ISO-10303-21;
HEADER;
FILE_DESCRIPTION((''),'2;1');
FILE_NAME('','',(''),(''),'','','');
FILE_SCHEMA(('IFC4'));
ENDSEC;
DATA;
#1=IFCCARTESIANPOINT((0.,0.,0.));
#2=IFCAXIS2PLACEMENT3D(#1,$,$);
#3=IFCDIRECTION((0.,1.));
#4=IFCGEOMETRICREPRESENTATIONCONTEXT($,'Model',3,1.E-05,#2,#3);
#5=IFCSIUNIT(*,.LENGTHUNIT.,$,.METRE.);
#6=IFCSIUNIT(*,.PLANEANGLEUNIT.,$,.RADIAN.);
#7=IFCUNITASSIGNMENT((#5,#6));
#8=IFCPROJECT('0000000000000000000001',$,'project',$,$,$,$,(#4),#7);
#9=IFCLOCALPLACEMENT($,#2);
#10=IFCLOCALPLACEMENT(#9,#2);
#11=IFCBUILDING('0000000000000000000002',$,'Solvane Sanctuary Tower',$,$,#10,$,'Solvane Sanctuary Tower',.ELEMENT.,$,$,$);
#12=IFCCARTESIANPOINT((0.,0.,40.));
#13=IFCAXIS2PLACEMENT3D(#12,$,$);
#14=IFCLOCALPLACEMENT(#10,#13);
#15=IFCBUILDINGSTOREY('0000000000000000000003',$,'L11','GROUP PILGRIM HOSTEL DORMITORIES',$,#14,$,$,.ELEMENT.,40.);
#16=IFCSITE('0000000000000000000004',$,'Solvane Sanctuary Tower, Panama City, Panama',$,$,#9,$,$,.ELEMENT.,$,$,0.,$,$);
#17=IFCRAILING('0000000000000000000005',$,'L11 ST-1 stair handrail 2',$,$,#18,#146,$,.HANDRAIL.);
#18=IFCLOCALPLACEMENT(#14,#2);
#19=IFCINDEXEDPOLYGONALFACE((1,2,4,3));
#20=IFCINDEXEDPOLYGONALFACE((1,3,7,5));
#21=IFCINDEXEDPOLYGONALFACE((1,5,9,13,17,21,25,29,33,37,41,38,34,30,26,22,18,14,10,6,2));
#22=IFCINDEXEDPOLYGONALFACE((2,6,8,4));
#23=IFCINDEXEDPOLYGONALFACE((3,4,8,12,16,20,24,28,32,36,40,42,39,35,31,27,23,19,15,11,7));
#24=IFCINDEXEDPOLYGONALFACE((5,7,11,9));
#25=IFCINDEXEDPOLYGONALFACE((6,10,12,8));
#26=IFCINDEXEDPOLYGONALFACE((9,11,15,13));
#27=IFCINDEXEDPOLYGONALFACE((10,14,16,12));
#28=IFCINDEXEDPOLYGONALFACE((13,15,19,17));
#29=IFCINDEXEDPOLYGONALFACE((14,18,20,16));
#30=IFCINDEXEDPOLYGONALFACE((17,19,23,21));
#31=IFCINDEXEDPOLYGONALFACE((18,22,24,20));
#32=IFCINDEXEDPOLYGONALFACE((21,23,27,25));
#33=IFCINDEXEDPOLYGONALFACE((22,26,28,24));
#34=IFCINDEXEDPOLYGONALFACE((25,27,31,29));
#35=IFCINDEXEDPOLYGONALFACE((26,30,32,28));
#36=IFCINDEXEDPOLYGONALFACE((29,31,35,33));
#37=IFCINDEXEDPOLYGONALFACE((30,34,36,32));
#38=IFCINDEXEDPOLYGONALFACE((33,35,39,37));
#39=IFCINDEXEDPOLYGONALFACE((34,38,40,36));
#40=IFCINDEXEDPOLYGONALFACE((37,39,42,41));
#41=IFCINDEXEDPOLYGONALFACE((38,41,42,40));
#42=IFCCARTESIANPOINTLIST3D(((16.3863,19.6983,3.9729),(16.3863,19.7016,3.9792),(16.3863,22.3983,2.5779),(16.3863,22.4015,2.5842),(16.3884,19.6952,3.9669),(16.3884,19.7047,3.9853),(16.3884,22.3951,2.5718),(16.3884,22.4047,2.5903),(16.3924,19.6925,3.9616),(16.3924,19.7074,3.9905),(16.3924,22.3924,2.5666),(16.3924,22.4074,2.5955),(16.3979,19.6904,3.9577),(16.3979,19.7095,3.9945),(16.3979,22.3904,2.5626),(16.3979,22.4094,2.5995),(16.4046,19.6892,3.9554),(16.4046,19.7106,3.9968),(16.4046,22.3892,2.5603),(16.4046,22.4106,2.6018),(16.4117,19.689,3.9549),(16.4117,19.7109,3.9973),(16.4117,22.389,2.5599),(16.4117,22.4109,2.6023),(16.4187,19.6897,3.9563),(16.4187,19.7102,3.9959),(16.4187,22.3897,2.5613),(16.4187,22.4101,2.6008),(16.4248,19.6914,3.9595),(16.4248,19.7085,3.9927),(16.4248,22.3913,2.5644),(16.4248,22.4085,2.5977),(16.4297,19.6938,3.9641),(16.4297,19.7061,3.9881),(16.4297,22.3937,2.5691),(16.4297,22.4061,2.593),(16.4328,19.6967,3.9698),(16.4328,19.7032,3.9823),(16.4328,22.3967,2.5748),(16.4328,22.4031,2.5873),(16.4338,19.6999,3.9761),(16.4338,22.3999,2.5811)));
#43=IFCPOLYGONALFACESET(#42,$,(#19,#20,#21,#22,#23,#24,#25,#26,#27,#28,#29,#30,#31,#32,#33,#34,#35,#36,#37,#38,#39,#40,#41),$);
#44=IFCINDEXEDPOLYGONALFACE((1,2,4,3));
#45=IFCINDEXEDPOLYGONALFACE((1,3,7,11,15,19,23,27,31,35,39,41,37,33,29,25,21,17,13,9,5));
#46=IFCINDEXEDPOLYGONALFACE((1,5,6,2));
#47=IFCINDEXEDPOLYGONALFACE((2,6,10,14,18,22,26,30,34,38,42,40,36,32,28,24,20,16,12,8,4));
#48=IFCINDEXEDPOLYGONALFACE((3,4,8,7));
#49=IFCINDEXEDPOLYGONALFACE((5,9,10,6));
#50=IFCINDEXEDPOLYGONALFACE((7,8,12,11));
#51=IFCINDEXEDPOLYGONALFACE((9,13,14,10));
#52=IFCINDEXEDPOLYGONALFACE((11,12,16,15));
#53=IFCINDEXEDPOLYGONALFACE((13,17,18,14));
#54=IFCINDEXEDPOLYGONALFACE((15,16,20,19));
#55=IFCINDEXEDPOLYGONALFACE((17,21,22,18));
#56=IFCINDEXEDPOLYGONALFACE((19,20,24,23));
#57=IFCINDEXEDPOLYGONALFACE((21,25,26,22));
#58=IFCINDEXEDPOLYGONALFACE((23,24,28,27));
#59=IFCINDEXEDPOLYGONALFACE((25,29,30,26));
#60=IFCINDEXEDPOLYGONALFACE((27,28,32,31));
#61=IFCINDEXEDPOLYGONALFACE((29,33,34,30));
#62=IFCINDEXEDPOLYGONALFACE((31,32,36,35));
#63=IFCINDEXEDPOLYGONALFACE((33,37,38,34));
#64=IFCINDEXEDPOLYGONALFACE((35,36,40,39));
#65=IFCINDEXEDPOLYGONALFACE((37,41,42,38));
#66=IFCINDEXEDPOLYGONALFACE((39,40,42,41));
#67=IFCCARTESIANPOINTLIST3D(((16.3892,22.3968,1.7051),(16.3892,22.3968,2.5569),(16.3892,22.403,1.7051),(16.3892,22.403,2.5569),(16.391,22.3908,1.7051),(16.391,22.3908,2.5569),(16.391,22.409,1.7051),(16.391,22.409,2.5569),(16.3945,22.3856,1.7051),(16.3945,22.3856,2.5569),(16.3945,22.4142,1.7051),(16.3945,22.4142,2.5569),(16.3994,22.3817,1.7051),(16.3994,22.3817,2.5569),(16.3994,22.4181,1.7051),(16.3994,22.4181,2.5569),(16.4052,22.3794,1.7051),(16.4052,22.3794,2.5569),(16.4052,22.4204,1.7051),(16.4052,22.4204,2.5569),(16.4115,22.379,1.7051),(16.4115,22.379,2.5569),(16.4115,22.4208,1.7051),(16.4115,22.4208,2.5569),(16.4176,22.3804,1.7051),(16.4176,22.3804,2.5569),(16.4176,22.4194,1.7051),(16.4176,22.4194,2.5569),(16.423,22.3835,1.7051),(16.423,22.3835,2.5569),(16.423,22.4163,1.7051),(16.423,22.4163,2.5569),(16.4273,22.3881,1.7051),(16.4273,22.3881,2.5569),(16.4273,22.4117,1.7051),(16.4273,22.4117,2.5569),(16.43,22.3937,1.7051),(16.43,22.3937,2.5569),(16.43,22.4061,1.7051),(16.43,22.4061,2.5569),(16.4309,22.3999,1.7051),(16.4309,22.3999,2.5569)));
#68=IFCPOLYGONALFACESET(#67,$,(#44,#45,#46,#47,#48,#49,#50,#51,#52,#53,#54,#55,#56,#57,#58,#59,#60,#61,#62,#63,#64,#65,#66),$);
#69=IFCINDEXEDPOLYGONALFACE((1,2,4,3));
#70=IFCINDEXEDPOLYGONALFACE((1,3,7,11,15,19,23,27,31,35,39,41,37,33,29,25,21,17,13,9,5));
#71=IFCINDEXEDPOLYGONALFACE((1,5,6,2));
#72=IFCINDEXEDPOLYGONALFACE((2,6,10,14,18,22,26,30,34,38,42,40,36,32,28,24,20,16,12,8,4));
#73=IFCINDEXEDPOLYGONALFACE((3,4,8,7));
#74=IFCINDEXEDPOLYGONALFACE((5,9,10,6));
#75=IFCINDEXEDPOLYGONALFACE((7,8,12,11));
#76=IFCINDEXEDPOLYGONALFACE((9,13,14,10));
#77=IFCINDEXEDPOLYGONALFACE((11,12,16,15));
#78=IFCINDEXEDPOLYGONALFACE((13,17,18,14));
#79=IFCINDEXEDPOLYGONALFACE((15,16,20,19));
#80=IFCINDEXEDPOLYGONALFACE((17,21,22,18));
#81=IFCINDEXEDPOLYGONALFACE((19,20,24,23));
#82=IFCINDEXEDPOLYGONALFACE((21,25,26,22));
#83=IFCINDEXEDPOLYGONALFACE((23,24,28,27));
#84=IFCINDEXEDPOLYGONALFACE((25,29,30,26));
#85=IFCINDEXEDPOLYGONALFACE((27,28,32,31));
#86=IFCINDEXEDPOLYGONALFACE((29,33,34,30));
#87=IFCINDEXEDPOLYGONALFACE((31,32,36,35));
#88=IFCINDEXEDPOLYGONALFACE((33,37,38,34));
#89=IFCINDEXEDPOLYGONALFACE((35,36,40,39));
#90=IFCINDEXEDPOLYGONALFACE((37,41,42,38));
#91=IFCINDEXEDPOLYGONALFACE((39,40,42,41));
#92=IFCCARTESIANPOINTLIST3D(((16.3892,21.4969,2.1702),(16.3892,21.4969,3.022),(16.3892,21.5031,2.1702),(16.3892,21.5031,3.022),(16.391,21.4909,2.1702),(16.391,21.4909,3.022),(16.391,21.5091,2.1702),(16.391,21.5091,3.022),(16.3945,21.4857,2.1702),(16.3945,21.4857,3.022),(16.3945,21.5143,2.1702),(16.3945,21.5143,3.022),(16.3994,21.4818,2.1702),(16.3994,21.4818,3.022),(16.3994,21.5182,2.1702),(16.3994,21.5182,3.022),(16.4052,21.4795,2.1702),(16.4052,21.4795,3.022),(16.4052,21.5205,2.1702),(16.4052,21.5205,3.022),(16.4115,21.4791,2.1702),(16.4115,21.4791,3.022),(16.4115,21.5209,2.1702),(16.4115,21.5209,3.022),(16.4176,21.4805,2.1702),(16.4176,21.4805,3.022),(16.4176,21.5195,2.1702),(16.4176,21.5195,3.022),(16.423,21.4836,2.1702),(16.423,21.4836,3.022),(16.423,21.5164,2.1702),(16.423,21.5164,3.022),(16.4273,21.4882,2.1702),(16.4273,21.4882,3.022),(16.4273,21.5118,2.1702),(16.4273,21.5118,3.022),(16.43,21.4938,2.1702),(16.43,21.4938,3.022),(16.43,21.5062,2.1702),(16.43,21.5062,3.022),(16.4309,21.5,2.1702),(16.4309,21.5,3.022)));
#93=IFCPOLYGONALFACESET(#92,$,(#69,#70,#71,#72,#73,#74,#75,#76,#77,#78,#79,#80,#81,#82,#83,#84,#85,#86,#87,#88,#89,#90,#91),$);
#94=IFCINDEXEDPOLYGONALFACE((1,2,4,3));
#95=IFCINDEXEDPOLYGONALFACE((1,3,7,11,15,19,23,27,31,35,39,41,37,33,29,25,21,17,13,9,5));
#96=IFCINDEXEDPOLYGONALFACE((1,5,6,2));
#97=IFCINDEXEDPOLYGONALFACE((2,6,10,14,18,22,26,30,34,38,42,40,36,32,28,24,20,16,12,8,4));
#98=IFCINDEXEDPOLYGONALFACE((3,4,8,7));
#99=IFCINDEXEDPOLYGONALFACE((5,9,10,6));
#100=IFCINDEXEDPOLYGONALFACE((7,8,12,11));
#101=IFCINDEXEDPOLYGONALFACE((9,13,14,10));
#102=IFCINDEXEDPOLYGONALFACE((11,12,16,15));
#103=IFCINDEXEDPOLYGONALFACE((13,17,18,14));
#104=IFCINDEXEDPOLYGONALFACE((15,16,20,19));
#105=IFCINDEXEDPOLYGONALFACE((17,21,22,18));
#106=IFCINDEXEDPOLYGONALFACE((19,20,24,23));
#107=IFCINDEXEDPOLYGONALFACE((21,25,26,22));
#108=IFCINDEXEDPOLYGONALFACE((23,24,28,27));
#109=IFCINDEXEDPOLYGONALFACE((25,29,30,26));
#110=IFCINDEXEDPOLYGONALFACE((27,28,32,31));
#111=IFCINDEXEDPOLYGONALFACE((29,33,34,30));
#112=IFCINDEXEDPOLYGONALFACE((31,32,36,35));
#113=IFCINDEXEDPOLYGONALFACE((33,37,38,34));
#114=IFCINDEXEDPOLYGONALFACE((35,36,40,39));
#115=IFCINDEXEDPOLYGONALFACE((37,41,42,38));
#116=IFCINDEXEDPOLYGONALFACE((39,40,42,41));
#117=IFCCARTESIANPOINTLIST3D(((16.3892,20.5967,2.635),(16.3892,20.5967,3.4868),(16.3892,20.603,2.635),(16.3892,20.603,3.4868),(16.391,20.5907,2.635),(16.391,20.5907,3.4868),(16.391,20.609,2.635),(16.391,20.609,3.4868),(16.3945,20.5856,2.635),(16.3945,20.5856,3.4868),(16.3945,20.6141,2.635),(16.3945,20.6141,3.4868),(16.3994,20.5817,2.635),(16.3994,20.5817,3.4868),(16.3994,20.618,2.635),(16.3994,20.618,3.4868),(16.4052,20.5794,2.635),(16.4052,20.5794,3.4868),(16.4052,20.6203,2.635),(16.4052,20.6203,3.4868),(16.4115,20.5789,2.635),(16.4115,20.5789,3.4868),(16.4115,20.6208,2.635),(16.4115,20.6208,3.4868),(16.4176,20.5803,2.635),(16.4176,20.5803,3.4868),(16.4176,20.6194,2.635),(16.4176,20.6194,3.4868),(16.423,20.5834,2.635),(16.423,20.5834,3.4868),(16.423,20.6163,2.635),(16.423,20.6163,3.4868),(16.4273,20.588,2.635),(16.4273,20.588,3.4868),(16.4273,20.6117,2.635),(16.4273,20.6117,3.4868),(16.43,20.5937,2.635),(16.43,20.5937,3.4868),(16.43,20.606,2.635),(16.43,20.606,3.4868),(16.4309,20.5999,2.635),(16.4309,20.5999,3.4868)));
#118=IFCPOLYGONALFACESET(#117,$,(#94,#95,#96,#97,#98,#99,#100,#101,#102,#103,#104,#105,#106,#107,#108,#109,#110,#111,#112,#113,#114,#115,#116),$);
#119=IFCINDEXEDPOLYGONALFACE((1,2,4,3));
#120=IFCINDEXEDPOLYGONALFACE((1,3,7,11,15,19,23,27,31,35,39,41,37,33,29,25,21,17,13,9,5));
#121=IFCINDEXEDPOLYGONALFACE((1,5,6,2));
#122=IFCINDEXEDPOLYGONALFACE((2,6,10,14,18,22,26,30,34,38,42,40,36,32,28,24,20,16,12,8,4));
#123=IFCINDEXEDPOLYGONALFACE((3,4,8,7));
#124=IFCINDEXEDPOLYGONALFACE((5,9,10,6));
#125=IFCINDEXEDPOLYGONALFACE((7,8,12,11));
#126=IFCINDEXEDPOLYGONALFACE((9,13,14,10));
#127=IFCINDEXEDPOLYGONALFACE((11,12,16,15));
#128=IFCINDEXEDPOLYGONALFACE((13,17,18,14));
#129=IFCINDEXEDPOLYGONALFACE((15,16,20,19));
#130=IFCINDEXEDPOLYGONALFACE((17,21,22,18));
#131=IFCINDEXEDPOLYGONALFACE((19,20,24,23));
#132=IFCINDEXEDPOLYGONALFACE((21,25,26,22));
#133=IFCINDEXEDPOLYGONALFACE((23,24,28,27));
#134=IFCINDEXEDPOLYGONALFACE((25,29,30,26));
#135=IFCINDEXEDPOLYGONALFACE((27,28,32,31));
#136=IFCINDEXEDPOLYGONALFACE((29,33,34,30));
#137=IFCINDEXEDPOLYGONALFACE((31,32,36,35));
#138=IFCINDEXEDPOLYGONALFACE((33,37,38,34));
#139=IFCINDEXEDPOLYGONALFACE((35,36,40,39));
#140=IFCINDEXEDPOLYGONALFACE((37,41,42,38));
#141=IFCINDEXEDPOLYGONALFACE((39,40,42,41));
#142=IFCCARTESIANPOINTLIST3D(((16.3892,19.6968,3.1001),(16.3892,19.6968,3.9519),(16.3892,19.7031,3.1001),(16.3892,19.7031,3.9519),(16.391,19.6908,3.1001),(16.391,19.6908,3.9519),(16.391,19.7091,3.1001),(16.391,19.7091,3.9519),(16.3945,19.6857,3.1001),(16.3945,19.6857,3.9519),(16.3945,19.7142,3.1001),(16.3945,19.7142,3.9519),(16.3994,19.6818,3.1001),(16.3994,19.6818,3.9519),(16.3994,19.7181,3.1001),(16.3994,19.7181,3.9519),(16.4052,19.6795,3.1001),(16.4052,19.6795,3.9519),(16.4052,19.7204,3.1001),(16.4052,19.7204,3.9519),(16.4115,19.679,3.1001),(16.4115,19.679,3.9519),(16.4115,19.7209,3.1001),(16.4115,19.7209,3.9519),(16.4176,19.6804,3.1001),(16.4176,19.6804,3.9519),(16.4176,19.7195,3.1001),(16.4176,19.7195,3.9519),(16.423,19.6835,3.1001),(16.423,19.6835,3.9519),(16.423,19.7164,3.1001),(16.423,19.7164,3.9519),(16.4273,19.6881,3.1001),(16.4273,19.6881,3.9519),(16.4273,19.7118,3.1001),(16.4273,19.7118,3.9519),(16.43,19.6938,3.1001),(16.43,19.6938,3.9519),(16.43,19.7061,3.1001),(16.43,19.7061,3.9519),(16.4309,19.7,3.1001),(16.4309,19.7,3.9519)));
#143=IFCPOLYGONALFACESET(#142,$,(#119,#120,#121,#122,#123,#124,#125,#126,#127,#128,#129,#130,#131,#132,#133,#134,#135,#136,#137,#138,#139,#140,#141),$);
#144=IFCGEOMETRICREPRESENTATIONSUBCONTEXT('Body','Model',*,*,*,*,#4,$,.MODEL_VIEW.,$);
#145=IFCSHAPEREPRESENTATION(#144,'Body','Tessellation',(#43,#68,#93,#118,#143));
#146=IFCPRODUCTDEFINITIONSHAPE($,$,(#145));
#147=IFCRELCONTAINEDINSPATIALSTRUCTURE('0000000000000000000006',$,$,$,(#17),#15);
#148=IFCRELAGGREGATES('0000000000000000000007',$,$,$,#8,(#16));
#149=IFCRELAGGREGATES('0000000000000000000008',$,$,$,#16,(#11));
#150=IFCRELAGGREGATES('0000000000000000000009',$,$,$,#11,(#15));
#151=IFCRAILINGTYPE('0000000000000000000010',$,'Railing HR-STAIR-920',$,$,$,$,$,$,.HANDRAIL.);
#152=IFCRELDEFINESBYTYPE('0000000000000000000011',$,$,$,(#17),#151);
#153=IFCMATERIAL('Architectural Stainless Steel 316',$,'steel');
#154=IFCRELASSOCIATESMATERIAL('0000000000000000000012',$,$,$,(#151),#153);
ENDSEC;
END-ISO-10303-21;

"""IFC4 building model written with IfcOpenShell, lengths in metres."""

from ifc_helpers import new_model, si_unit, direction, frame, origin, origin_2d, place, context, subcontext, project, spatial, circle, extrude, material, type_object, element, save


model = new_model("IFC4")

# Units and contexts
model_context = context("Model", 3, precision=1e-05, world=origin(), true_north=direction((0.0, 1.0)))
body_context = subcontext(model_context, "Body", "Model", "MODEL_VIEW")
ifc_project = project(units=[si_unit("LENGTHUNIT", "METRE"), si_unit("PLANEANGLEUNIT", "RADIAN")], contexts=[model_context])

# Site, building, storey
site_placement = place(None, origin())
site = spatial("IfcSite", under=ifc_project, at=site_placement, Name="Solvane Sanctuary Tower, Panama City, Panama", CompositionType="ELEMENT", RefElevation=0.0)
building_placement = place(site_placement, origin())
building = spatial("IfcBuilding", under=site, at=building_placement, Name="Solvane Sanctuary Tower", LongName="Solvane Sanctuary Tower", CompositionType="ELEMENT")
storey_placement = place(building_placement, frame((0.0, 0.0, 40.0)))
storey = spatial("IfcBuildingStorey", under=building, at=storey_placement, Name="L11", Description="GROUP PILGRIM HOSTEL DORMITORIES", CompositionType="ELEMENT", Elevation=40.0)

# Railing
ifc_material_1 = material(Name="Architectural Stainless Steel 316", Category="steel")
railing_type_1 = type_object("IfcRailingType", Name="Railing HR-STAIR-920", PredefinedType="HANDRAIL", material=ifc_material_1)
railing_1_placement = place(storey_placement, frame((16.4099, 22.3999, 1.7051)))
element("IfcRailing", 1, at=railing_1_placement, inside=storey, type_object=railing_type_1, Name="L11 ST-1 stair handrail 2", PredefinedType="HANDRAIL", context=body_context, shape_type="SweptSolid", body=[
    extrude(circle(Radius=0.0239, at=origin_2d()), frame((0.0, 0.0, 0.876), z_axis=(0.0, -0.88842, 0.459032), x_axis=(1.0, 0.0, 0.0)), (0.0, 0.0, 1.0), 3.0391),
    extrude(circle(Radius=0.021, at=origin_2d()), origin(), (0.0, 0.0, 1.0), 0.8518),
    extrude(circle(Radius=0.021, at=origin_2d()), frame((0.0, -0.8999, 0.4651)), (0.0, 0.0, 1.0), 0.8518),
    extrude(circle(Radius=0.021, at=origin_2d()), frame((0.0, -1.8, 0.9299)), (0.0, 0.0, 1.0), 0.8518),
    extrude(circle(Radius=0.021, at=origin_2d()), frame((0.0, -2.7, 1.395)), (0.0, 0.0, 1.0), 0.8518),
])

save(model, "model.ifc")
